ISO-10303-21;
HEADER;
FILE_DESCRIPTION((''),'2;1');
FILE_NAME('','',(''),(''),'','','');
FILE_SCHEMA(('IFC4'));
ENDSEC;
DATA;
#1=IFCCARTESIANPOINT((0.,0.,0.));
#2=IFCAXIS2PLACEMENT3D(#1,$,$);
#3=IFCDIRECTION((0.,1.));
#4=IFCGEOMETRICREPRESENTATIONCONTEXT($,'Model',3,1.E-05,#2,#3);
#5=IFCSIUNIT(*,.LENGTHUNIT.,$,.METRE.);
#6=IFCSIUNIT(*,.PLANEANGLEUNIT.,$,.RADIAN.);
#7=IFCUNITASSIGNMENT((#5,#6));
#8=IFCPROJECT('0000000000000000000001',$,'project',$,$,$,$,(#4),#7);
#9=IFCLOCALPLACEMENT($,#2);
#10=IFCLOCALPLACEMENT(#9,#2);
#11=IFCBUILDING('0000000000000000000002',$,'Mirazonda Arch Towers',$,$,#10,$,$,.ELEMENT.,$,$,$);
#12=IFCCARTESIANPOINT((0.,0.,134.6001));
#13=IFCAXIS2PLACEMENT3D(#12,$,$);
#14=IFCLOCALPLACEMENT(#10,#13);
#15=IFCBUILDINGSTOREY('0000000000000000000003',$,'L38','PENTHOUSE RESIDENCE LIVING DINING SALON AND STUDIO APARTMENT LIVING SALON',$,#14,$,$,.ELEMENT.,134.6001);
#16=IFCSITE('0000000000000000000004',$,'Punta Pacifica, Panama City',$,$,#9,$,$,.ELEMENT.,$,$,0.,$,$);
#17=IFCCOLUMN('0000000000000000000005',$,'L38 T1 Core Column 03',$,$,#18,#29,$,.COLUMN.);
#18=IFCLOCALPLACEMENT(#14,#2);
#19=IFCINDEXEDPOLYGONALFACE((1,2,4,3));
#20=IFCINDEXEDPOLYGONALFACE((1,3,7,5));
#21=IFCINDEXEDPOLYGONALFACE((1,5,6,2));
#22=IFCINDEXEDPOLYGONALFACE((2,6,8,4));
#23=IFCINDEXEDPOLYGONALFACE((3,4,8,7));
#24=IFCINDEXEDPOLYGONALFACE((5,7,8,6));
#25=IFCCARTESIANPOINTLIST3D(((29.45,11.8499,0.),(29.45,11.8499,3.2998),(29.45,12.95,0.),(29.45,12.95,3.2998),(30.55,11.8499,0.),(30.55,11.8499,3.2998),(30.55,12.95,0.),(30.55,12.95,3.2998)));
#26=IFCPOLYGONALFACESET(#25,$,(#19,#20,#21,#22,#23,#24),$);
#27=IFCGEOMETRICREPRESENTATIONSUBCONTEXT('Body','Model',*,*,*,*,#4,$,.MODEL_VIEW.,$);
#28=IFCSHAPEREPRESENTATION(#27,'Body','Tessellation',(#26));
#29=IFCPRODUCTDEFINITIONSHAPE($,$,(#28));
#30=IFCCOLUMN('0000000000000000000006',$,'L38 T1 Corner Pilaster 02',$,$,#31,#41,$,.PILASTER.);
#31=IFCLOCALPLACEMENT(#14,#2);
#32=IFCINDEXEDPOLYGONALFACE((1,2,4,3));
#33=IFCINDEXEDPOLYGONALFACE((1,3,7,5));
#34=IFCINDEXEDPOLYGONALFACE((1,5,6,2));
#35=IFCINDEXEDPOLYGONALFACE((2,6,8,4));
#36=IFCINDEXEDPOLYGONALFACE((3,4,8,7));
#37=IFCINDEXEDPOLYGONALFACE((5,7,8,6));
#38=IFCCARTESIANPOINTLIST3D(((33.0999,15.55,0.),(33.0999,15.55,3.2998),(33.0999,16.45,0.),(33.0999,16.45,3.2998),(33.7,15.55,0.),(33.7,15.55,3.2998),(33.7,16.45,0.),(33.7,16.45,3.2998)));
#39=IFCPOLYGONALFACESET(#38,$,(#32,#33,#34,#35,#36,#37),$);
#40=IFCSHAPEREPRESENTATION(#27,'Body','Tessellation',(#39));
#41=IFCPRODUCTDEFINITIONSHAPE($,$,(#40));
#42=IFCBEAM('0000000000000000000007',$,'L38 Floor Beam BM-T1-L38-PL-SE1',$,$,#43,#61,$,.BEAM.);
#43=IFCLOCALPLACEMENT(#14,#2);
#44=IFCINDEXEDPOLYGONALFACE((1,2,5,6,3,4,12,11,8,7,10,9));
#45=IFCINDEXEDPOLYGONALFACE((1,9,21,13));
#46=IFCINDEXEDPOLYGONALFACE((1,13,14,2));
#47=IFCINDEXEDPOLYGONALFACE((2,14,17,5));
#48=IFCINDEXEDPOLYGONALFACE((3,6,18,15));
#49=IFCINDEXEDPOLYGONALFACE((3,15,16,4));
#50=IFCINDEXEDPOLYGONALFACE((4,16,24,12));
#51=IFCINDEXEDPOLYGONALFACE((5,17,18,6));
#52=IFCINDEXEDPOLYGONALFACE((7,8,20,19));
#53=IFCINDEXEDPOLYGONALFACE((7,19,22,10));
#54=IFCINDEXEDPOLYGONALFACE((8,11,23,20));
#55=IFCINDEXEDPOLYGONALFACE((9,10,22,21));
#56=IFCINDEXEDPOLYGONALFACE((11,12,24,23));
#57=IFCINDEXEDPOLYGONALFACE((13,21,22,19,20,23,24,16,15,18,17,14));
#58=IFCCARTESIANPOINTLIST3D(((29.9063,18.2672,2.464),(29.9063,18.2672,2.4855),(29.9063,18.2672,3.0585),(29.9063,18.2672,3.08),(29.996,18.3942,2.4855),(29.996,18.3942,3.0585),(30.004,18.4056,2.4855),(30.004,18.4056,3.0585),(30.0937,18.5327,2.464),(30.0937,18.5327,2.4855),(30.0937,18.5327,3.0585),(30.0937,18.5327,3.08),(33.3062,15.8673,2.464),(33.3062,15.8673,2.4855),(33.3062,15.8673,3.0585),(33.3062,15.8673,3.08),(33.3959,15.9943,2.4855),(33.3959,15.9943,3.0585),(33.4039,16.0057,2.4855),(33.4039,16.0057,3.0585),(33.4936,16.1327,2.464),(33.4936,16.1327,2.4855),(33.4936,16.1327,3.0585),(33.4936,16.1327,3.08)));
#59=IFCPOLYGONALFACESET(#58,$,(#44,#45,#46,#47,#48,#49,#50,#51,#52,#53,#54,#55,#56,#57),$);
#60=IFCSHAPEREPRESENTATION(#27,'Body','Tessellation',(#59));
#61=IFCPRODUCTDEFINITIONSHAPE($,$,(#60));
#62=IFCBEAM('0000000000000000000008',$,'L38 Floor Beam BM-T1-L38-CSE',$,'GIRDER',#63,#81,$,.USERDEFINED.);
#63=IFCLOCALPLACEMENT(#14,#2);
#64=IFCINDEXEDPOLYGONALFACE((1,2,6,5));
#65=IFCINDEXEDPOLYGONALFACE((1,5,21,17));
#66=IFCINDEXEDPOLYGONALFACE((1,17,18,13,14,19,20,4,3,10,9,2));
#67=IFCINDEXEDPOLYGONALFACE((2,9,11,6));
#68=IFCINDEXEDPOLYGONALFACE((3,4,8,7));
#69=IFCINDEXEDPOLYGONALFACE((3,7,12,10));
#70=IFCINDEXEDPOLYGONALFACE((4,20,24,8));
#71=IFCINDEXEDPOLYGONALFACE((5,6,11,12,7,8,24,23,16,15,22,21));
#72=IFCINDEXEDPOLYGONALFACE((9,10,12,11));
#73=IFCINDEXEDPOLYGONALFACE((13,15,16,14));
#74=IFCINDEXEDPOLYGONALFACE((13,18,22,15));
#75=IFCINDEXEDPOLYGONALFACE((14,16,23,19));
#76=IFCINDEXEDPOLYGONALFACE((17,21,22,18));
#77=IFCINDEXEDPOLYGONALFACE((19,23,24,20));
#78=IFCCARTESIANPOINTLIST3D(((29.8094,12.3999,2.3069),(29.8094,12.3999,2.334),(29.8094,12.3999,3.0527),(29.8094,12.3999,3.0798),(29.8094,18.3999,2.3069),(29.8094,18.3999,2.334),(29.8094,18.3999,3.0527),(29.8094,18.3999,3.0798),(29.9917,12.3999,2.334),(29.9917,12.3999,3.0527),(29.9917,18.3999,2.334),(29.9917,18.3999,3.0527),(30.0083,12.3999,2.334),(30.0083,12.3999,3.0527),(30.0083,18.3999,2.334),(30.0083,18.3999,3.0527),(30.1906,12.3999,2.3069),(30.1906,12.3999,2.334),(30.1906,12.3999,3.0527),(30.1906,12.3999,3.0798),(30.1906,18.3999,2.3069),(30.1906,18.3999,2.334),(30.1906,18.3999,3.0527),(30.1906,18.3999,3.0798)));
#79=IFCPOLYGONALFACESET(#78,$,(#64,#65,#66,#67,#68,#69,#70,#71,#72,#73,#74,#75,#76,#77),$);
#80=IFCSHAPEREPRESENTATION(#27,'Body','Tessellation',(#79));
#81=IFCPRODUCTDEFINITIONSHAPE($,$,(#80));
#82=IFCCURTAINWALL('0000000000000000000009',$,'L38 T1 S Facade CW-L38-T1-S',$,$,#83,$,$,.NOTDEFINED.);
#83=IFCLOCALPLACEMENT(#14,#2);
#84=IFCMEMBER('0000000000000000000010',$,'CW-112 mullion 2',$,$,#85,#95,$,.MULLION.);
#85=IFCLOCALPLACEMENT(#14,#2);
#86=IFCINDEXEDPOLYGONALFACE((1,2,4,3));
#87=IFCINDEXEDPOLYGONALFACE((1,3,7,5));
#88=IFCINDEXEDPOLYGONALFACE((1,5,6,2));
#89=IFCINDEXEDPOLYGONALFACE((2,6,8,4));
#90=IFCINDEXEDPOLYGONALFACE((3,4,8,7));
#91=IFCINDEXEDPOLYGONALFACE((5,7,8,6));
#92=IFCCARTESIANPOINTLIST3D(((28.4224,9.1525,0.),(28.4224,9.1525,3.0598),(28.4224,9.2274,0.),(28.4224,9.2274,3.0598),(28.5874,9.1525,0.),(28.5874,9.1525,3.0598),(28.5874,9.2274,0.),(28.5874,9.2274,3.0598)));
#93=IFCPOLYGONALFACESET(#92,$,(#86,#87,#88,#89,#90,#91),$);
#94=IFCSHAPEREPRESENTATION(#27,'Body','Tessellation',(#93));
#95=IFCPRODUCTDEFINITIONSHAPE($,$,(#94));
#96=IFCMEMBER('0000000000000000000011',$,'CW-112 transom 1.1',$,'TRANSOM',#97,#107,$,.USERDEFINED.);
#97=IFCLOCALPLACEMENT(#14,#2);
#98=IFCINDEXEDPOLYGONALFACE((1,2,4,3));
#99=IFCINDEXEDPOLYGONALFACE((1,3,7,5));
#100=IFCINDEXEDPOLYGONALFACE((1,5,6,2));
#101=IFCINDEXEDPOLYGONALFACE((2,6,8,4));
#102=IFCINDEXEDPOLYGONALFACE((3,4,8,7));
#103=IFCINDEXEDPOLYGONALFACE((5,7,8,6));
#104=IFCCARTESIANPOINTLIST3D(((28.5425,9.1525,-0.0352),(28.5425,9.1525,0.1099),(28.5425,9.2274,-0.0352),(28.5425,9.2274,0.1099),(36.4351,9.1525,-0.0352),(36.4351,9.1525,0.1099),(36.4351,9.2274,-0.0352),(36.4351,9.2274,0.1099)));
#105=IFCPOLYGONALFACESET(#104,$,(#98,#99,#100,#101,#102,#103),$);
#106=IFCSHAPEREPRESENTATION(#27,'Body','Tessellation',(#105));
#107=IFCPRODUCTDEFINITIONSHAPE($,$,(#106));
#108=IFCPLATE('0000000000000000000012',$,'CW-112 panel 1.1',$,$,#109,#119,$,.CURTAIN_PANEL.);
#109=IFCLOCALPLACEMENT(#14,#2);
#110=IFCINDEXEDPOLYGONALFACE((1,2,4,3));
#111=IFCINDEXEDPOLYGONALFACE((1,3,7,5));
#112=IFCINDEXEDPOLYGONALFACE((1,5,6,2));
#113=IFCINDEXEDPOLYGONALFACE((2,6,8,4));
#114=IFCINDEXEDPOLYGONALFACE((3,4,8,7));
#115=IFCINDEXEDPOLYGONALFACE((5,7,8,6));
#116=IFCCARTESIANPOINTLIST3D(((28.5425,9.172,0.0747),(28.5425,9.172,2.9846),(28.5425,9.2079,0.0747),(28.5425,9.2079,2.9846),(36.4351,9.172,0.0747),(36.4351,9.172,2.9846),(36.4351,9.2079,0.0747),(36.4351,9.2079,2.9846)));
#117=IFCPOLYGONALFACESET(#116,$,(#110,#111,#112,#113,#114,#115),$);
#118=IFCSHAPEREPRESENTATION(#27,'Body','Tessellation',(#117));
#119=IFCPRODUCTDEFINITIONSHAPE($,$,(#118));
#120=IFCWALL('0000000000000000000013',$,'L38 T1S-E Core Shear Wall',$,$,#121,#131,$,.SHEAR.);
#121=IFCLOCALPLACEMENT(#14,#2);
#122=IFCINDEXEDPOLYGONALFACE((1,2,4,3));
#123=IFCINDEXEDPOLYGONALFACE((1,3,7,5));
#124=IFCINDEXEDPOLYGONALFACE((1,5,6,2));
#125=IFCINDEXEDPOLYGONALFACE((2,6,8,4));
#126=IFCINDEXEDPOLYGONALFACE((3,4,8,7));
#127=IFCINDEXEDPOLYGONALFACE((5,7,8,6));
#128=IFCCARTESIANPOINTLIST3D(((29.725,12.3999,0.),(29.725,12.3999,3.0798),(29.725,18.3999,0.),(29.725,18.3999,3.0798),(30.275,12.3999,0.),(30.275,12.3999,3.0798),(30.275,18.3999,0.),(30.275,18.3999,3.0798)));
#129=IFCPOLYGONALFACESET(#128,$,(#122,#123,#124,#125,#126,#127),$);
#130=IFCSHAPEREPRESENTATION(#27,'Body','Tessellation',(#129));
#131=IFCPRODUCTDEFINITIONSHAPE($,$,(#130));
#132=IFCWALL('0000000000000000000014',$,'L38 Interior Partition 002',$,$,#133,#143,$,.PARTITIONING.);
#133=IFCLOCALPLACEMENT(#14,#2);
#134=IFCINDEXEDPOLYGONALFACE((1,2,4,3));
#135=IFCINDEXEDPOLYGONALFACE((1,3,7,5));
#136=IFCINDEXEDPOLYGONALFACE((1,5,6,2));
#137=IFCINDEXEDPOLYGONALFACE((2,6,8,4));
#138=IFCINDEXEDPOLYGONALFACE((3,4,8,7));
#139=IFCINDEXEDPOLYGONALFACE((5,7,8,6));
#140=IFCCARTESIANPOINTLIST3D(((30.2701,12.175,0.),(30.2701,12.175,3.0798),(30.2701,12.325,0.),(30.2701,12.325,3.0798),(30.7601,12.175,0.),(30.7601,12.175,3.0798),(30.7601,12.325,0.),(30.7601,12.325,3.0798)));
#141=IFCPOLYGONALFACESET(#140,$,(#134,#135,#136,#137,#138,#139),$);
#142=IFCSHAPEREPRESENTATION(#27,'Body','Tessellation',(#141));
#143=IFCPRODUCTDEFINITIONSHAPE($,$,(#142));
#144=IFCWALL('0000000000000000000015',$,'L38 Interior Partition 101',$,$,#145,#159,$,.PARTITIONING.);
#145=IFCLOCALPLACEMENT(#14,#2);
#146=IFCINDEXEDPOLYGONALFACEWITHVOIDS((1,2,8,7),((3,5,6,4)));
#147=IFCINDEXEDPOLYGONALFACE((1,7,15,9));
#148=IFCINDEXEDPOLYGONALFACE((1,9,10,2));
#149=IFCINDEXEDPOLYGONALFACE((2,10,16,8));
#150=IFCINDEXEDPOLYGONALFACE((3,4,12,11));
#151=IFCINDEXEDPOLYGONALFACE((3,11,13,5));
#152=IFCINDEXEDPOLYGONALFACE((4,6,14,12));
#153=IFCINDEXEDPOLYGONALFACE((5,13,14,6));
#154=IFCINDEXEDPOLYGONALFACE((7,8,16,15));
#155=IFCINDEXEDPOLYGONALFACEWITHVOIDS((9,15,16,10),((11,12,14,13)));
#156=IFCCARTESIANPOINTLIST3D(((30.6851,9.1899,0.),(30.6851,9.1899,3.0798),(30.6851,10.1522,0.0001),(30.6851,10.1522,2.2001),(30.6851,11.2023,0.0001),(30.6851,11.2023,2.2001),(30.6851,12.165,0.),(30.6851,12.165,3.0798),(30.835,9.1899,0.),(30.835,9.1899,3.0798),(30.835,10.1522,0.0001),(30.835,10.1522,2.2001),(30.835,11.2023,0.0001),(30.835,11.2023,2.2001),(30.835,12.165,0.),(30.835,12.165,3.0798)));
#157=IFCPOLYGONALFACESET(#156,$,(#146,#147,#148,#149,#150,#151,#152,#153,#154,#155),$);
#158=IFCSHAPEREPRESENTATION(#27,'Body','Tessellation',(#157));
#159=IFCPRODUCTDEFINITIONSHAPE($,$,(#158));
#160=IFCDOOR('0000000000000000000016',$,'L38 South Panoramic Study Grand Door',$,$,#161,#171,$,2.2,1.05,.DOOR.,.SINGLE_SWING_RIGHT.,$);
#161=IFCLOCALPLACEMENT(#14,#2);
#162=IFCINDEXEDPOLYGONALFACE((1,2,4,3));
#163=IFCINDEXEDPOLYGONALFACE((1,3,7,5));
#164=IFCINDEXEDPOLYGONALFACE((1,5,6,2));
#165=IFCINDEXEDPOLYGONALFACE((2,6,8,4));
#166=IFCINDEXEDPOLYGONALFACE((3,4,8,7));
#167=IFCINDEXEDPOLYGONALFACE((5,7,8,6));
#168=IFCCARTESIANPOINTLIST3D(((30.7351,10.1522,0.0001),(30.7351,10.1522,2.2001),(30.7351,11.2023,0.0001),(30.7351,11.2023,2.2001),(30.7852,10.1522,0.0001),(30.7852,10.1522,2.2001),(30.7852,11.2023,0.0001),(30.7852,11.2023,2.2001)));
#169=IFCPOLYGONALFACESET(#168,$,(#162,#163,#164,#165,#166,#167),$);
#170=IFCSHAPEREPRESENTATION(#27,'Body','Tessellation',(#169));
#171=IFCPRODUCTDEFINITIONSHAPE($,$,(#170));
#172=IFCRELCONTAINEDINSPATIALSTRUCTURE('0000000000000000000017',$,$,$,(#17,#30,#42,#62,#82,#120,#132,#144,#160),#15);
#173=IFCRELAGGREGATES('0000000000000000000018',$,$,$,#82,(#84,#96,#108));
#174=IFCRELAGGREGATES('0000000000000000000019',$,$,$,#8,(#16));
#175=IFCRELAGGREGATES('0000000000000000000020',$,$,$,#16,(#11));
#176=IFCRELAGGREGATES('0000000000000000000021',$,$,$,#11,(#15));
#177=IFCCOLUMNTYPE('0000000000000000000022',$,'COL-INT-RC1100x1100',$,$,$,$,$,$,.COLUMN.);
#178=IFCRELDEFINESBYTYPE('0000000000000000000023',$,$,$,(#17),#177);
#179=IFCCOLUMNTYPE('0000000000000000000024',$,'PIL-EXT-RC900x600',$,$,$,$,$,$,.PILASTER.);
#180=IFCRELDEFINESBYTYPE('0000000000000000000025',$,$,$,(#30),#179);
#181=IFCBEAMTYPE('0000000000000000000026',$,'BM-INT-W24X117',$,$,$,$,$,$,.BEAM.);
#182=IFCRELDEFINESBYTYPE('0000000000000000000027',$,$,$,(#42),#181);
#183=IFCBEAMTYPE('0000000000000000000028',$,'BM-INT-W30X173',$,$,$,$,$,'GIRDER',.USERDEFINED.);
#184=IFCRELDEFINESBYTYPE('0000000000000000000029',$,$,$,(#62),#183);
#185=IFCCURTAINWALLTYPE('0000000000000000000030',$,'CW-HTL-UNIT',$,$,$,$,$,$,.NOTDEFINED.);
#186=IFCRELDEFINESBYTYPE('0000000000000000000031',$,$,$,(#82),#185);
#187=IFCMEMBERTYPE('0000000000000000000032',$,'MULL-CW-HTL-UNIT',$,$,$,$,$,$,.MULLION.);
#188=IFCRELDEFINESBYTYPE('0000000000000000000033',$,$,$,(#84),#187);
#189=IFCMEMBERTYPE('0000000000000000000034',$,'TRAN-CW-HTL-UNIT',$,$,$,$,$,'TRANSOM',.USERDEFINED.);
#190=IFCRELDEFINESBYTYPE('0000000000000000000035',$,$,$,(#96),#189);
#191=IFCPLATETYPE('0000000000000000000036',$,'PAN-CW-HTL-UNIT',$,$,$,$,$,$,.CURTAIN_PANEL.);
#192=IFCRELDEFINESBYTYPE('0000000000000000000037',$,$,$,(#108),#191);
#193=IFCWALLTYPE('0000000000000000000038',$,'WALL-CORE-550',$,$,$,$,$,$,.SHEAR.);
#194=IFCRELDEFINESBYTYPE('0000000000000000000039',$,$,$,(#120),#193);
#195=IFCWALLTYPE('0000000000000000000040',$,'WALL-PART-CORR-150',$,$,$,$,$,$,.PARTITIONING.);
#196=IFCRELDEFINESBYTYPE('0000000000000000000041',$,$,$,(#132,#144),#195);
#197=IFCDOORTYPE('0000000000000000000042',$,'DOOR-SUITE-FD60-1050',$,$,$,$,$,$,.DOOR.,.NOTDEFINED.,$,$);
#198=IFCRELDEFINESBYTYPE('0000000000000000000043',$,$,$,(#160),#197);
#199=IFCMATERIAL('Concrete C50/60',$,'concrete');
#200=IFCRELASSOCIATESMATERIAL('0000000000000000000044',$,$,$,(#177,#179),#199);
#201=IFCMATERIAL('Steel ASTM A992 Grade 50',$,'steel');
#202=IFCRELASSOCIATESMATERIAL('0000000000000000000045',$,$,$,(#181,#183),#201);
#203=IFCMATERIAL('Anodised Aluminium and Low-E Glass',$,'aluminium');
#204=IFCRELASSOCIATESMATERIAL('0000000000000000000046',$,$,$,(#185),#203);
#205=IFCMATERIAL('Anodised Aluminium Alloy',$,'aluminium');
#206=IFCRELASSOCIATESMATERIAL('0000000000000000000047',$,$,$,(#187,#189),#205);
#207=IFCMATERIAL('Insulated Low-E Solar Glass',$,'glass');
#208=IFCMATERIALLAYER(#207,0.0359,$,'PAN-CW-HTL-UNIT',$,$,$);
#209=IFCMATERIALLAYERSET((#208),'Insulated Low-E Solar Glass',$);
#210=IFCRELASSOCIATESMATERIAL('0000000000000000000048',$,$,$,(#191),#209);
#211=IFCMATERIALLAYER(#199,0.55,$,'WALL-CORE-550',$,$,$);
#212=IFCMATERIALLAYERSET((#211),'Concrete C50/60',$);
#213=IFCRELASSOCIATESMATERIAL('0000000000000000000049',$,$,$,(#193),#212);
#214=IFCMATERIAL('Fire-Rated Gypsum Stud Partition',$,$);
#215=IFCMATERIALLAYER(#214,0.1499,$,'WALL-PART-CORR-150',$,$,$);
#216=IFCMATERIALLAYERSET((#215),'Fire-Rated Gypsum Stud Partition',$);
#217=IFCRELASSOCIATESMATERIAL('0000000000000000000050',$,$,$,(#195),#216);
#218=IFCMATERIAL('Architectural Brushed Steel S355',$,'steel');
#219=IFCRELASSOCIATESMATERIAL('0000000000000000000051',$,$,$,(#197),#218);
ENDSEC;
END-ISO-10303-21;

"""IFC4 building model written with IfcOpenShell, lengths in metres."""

from ifc_helpers import new_model, si_unit, direction, frame, frame_2d, origin, origin_2d, place, context, subcontext, project, spatial, rectangle, i_section, extrude, material, layer, layer_set, material_profile, profile_set, type_object, element, fill, aggregate, save


model = new_model("IFC4")

# Units and contexts
model_context = context("Model", 3, precision=1e-05, world=origin(), true_north=direction((0.0, 1.0)))
body_context = subcontext(model_context, "Body", "Model", "MODEL_VIEW")
ifc_project = project(units=[si_unit("LENGTHUNIT", "METRE"), si_unit("PLANEANGLEUNIT", "RADIAN")], contexts=[model_context])

# Site, building, storey
site_placement = place(None, origin())
site = spatial("IfcSite", under=ifc_project, at=site_placement, Name="Punta Pacifica, Panama City", CompositionType="ELEMENT", RefElevation=0.0)
building_placement = place(site_placement, origin())
building = spatial("IfcBuilding", under=site, at=building_placement, Name="Mirazonda Arch Towers", CompositionType="ELEMENT")
storey_placement = place(building_placement, frame((0.0, 0.0, 134.6001)))
storey = spatial("IfcBuildingStorey", under=building, at=storey_placement, Name="L38", Description="PENTHOUSE RESIDENCE LIVING DINING SALON AND STUDIO APARTMENT LIVING SALON", CompositionType="ELEMENT", Elevation=134.6001)

# Columns
ifc_material_1 = material(Name="Concrete C50/60", Category="concrete")
ifc_material_profile_1 = material_profile(ifc_material_1, rectangle(XDim=1.1001, YDim=1.1001, at=origin_2d()), Name="RC1100x1100")
ifc_profile_set_1 = profile_set([ifc_material_profile_1], Name="Concrete C50/60")
column_type_1 = type_object("IfcColumnType", Name="COL-INT-RC1100x1100", PredefinedType="COLUMN", material=ifc_profile_set_1)
column_1_placement = place(storey_placement, frame((30.0, 12.3999, 0.0), z_axis=(0.0, 0.0, 1.0), x_axis=(1.0, 0.0, 0.0)))
element("IfcColumn", 1, at=column_1_placement, inside=storey, type_object=column_type_1, Name="L38 T1 Core Column 03", PredefinedType="COLUMN", context=body_context, shape_type="SweptSolid", body=[
    extrude(rectangle(XDim=1.1001, YDim=1.1001, at=origin_2d()), origin(), (0.0, 0.0, 1.0), 3.2998),
])
ifc_material_profile_2 = material_profile(ifc_material_1, rectangle(XDim=0.6001, YDim=0.8999, at=origin_2d()), Name="RC900x600")
ifc_profile_set_2 = profile_set([ifc_material_profile_2], Name="Concrete C50/60")
column_type_2 = type_object("IfcColumnType", Name="PIL-EXT-RC900x600", PredefinedType="PILASTER", material=ifc_profile_set_2)
column_2_placement = place(storey_placement, frame((33.3999, 16.0, 0.0), z_axis=(0.0, 0.0, 1.0), x_axis=(1.0, 0.0, 0.0)))
element("IfcColumn", 2, at=column_2_placement, inside=storey, type_object=column_type_2, Name="L38 T1 Corner Pilaster 02", PredefinedType="PILASTER", context=body_context, shape_type="SweptSolid", body=[
    extrude(rectangle(XDim=0.6001, YDim=0.8999, at=origin_2d()), origin(), (0.0, 0.0, 1.0), 3.2998),
])

# Beams
ifc_material_2 = material(Name="Steel ASTM A992 Grade 50", Category="steel")
ifc_material_profile_3 = material_profile(ifc_material_2, i_section(OverallWidth=0.325, OverallDepth=0.616, WebThickness=0.0139, FlangeThickness=0.0215, at=origin_2d()), Name="W24X117")
ifc_profile_set_3 = profile_set([ifc_material_profile_3], Name="Steel ASTM A992 Grade 50")
beam_type_1 = type_object("IfcBeamType", Name="BM-INT-W24X117", PredefinedType="BEAM", material=ifc_profile_set_3)
beam_1_placement = place(storey_placement, frame((33.3999, 16.0, 2.772), z_axis=(-0.816971, 0.576679, 0.0), x_axis=(-0.576679, -0.816971, 0.0)))
element("IfcBeam", 3, at=beam_1_placement, inside=storey, type_object=beam_type_1, Name="L38 Floor Beam BM-T1-L38-PL-SE1", PredefinedType="BEAM", context=body_context, shape_type="SweptSolid", body=[
    extrude(i_section(OverallWidth=0.325, OverallDepth=0.616, WebThickness=0.0139, FlangeThickness=0.0215, at=origin_2d()), origin(), (0.0, 0.0, 1.0), 4.1616),
])
ifc_material_profile_4 = material_profile(ifc_material_2, i_section(OverallWidth=0.3811, OverallDepth=0.7729, WebThickness=0.0166, FlangeThickness=0.0271, at=origin_2d()), Name="W30X173")
ifc_profile_set_4 = profile_set([ifc_material_profile_4], Name="Steel ASTM A992 Grade 50")
beam_type_2 = type_object("IfcBeamType", Name="BM-INT-W30X173", ElementType="GIRDER", PredefinedType="USERDEFINED", material=ifc_profile_set_4)
beam_2_placement = place(storey_placement, frame((30.0, 12.3999, 2.6934), z_axis=(0.0, 1.0, 0.0), x_axis=(-1.0, 0.0, 0.0)))
element("IfcBeam", 4, at=beam_2_placement, inside=storey, type_object=beam_type_2, Name="L38 Floor Beam BM-T1-L38-CSE", ObjectType="GIRDER", PredefinedType="USERDEFINED", context=body_context, shape_type="SweptSolid", body=[
    extrude(i_section(OverallWidth=0.3811, OverallDepth=0.7729, WebThickness=0.0166, FlangeThickness=0.0271, at=origin_2d()), origin(), (0.0, 0.0, 1.0), 6.0),
])

# Curtain wall, members, plate
ifc_material_3 = material(Name="Anodised Aluminium and Low-E Glass", Category="aluminium")
curtain_wall_type = type_object("IfcCurtainWallType", Name="CW-HTL-UNIT", PredefinedType="NOTDEFINED", material=ifc_material_3)
curtain_wall_placement = place(storey_placement, origin())
curtain_wall = element("IfcCurtainWall", 5, at=curtain_wall_placement, inside=storey, type_object=curtain_wall_type, Name="L38 T1 S Facade CW-L38-T1-S", PredefinedType="NOTDEFINED")
ifc_material_4 = material(Name="Anodised Aluminium Alloy", Category="aluminium")
ifc_material_profile_5 = material_profile(ifc_material_4, rectangle(XDim=0.075, YDim=0.165, at=origin_2d()), Name="ALU-MULL-75x165")
ifc_profile_set_5 = profile_set([ifc_material_profile_5], Name="Anodised Aluminium Alloy")
member_type_1 = type_object("IfcMemberType", Name="MULL-CW-HTL-UNIT", PredefinedType="MULLION", material=ifc_profile_set_5)
member_1_placement = place(storey_placement, frame((28.5049, 9.1899, 0.0), z_axis=(0.0, 0.0, 1.0), x_axis=(0.0, -1.0, 0.0)))
member_1 = element("IfcMember", 6, at=member_1_placement, type_object=member_type_1, Name="CW-112 mullion 2", PredefinedType="MULLION", context=body_context, shape_type="SweptSolid", body=[
    extrude(rectangle(XDim=0.075, YDim=0.165, at=origin_2d()), origin(), (0.0, 0.0, 1.0), 3.0598),
])
ifc_material_profile_6 = material_profile(ifc_material_4, rectangle(XDim=0.075, YDim=0.145, at=origin_2d()), Name="ALU-TRAN-75x145")
ifc_profile_set_6 = profile_set([ifc_material_profile_6], Name="Anodised Aluminium Alloy")
member_type_2 = type_object("IfcMemberType", Name="TRAN-CW-HTL-UNIT", ElementType="TRANSOM", PredefinedType="USERDEFINED", material=ifc_profile_set_6)
member_2_placement = place(storey_placement, frame((36.4351, 9.1899, 0.0374), z_axis=(-1.0, 0.0, 0.0), x_axis=(0.0, -1.0, 0.0)))
member_2 = element("IfcMember", 7, at=member_2_placement, type_object=member_type_2, Name="CW-112 transom 1.1", ObjectType="TRANSOM", PredefinedType="USERDEFINED", context=body_context, shape_type="SweptSolid", body=[
    extrude(rectangle(XDim=0.075, YDim=0.145, at=origin_2d()), origin(), (0.0, 0.0, 1.0), 7.8926),
])
ifc_material_5 = material(Name="Insulated Low-E Solar Glass", Category="glass")
ifc_layer_1 = layer(ifc_material_5, 0.0359, Name="PAN-CW-HTL-UNIT")
ifc_layer_set_1 = layer_set([ifc_layer_1], Name="Insulated Low-E Solar Glass")
plate_type = type_object("IfcPlateType", Name="PAN-CW-HTL-UNIT", PredefinedType="CURTAIN_PANEL", material=ifc_layer_set_1)
plate_placement = place(storey_placement, frame((32.4888, 9.1899, 0.0747), z_axis=(0.0, 0.0, 1.0), x_axis=(-1.0, 0.0, 0.0)))
plate = element("IfcPlate", 8, at=plate_placement, type_object=plate_type, Name="CW-112 panel 1.1", PredefinedType="CURTAIN_PANEL", context=body_context, shape_type="SweptSolid", body=[
    extrude(rectangle(XDim=7.8926, YDim=0.0359, at=origin_2d()), origin(), (0.0, 0.0, 1.0), 2.9099),
])
aggregate(curtain_wall, [member_1, member_2, plate])

# Walls
ifc_layer_2 = layer(ifc_material_1, 0.55, Name="WALL-CORE-550")
ifc_layer_set_2 = layer_set([ifc_layer_2], Name="Concrete C50/60")
wall_type_1 = type_object("IfcWallType", Name="WALL-CORE-550", PredefinedType="SHEAR", material=ifc_layer_set_2)
wall_1_placement = place(storey_placement, frame((30.0, 12.3999, 0.0), z_axis=(0.0, 0.0, 1.0), x_axis=(0.0, 1.0, 0.0)))
element("IfcWall", 9, at=wall_1_placement, inside=storey, type_object=wall_type_1, Name="L38 T1S-E Core Shear Wall", PredefinedType="SHEAR", context=body_context, shape_type="SweptSolid", body=[
    extrude(rectangle(XDim=6.0, YDim=0.55, at=frame_2d((3.0, 0.0))), origin(), (0.0, 0.0, 1.0), 3.0798),
])
ifc_material_6 = material(Name="Fire-Rated Gypsum Stud Partition")
ifc_layer_3 = layer(ifc_material_6, 0.1499, Name="WALL-PART-CORR-150")
ifc_layer_set_3 = layer_set([ifc_layer_3], Name="Fire-Rated Gypsum Stud Partition")
wall_type_2 = type_object("IfcWallType", Name="WALL-PART-CORR-150", PredefinedType="PARTITIONING", material=ifc_layer_set_3)
wall_2_placement = place(storey_placement, frame((30.27, 12.25, 0.0), z_axis=(0.0, 0.0, 1.0), x_axis=(1.0, 0.0, 0.0)))
element("IfcWall", 10, at=wall_2_placement, inside=storey, type_object=wall_type_2, Name="L38 Interior Partition 002", PredefinedType="PARTITIONING", context=body_context, shape_type="SweptSolid", body=[
    extrude(rectangle(XDim=0.49, YDim=0.1499, at=frame_2d((0.2451, 0.0))), origin(), (0.0, 0.0, 1.0), 3.0798),
])

# Wall, opening, door
wall_3_placement = place(storey_placement, frame((30.76, 9.1899, 0.0), z_axis=(0.0, 0.0, 1.0), x_axis=(0.0, 1.0, 0.0)))
wall_3 = element("IfcWall", 11, at=wall_3_placement, inside=storey, type_object=wall_type_2, Name="L38 Interior Partition 101", PredefinedType="PARTITIONING", context=body_context, shape_type="SweptSolid", body=[
    extrude(rectangle(XDim=2.9751, YDim=0.1499, at=frame_2d((1.4875, 0.0))), origin(), (0.0, 0.0, 1.0), 3.0798),
])
opening_1_placement = place(wall_3_placement, frame((0.9624, 0.0, 0.0)))
opening_1 = element("IfcOpeningElement", 12, at=opening_1_placement, cuts=wall_3, PredefinedType="OPENING", context=body_context, shape_type="SweptSolid", body=[
    extrude(rectangle(XDim=1.05, YDim=2.2, at=frame_2d((0.5249, 1.1001))), frame((0.0, 0.085, 0.0), z_axis=(0.0, -1.0, 0.0), x_axis=(1.0, 0.0, 0.0)), (0.0, 0.0, 1.0), 0.1699),
])
ifc_material_7 = material(Name="Architectural Brushed Steel S355", Category="steel")
door_type_1 = type_object("IfcDoorType", Name="DOOR-SUITE-FD60-1050", OperationType="NOTDEFINED", PredefinedType="DOOR", material=ifc_material_7)
door_1_placement = place(opening_1_placement, origin())
door_1 = element("IfcDoor", 13, at=door_1_placement, inside=storey, type_object=door_type_1, Name="L38 South Panoramic Study Grand Door", OperationType="SINGLE_SWING_RIGHT", OverallHeight=2.2, OverallWidth=1.05, PredefinedType="DOOR", context=body_context, shape_type="SweptSolid", body=[
    extrude(rectangle(XDim=1.05, YDim=2.2, at=frame_2d((0.5249, 1.1001))), frame((0.0, 0.0249, 0.0), z_axis=(0.0, -1.0, 0.0), x_axis=(1.0, 0.0, 0.0)), (0.0, 0.0, 1.0), 0.05),
])
fill(opening_1, door_1)

save(model, "model.ifc")
